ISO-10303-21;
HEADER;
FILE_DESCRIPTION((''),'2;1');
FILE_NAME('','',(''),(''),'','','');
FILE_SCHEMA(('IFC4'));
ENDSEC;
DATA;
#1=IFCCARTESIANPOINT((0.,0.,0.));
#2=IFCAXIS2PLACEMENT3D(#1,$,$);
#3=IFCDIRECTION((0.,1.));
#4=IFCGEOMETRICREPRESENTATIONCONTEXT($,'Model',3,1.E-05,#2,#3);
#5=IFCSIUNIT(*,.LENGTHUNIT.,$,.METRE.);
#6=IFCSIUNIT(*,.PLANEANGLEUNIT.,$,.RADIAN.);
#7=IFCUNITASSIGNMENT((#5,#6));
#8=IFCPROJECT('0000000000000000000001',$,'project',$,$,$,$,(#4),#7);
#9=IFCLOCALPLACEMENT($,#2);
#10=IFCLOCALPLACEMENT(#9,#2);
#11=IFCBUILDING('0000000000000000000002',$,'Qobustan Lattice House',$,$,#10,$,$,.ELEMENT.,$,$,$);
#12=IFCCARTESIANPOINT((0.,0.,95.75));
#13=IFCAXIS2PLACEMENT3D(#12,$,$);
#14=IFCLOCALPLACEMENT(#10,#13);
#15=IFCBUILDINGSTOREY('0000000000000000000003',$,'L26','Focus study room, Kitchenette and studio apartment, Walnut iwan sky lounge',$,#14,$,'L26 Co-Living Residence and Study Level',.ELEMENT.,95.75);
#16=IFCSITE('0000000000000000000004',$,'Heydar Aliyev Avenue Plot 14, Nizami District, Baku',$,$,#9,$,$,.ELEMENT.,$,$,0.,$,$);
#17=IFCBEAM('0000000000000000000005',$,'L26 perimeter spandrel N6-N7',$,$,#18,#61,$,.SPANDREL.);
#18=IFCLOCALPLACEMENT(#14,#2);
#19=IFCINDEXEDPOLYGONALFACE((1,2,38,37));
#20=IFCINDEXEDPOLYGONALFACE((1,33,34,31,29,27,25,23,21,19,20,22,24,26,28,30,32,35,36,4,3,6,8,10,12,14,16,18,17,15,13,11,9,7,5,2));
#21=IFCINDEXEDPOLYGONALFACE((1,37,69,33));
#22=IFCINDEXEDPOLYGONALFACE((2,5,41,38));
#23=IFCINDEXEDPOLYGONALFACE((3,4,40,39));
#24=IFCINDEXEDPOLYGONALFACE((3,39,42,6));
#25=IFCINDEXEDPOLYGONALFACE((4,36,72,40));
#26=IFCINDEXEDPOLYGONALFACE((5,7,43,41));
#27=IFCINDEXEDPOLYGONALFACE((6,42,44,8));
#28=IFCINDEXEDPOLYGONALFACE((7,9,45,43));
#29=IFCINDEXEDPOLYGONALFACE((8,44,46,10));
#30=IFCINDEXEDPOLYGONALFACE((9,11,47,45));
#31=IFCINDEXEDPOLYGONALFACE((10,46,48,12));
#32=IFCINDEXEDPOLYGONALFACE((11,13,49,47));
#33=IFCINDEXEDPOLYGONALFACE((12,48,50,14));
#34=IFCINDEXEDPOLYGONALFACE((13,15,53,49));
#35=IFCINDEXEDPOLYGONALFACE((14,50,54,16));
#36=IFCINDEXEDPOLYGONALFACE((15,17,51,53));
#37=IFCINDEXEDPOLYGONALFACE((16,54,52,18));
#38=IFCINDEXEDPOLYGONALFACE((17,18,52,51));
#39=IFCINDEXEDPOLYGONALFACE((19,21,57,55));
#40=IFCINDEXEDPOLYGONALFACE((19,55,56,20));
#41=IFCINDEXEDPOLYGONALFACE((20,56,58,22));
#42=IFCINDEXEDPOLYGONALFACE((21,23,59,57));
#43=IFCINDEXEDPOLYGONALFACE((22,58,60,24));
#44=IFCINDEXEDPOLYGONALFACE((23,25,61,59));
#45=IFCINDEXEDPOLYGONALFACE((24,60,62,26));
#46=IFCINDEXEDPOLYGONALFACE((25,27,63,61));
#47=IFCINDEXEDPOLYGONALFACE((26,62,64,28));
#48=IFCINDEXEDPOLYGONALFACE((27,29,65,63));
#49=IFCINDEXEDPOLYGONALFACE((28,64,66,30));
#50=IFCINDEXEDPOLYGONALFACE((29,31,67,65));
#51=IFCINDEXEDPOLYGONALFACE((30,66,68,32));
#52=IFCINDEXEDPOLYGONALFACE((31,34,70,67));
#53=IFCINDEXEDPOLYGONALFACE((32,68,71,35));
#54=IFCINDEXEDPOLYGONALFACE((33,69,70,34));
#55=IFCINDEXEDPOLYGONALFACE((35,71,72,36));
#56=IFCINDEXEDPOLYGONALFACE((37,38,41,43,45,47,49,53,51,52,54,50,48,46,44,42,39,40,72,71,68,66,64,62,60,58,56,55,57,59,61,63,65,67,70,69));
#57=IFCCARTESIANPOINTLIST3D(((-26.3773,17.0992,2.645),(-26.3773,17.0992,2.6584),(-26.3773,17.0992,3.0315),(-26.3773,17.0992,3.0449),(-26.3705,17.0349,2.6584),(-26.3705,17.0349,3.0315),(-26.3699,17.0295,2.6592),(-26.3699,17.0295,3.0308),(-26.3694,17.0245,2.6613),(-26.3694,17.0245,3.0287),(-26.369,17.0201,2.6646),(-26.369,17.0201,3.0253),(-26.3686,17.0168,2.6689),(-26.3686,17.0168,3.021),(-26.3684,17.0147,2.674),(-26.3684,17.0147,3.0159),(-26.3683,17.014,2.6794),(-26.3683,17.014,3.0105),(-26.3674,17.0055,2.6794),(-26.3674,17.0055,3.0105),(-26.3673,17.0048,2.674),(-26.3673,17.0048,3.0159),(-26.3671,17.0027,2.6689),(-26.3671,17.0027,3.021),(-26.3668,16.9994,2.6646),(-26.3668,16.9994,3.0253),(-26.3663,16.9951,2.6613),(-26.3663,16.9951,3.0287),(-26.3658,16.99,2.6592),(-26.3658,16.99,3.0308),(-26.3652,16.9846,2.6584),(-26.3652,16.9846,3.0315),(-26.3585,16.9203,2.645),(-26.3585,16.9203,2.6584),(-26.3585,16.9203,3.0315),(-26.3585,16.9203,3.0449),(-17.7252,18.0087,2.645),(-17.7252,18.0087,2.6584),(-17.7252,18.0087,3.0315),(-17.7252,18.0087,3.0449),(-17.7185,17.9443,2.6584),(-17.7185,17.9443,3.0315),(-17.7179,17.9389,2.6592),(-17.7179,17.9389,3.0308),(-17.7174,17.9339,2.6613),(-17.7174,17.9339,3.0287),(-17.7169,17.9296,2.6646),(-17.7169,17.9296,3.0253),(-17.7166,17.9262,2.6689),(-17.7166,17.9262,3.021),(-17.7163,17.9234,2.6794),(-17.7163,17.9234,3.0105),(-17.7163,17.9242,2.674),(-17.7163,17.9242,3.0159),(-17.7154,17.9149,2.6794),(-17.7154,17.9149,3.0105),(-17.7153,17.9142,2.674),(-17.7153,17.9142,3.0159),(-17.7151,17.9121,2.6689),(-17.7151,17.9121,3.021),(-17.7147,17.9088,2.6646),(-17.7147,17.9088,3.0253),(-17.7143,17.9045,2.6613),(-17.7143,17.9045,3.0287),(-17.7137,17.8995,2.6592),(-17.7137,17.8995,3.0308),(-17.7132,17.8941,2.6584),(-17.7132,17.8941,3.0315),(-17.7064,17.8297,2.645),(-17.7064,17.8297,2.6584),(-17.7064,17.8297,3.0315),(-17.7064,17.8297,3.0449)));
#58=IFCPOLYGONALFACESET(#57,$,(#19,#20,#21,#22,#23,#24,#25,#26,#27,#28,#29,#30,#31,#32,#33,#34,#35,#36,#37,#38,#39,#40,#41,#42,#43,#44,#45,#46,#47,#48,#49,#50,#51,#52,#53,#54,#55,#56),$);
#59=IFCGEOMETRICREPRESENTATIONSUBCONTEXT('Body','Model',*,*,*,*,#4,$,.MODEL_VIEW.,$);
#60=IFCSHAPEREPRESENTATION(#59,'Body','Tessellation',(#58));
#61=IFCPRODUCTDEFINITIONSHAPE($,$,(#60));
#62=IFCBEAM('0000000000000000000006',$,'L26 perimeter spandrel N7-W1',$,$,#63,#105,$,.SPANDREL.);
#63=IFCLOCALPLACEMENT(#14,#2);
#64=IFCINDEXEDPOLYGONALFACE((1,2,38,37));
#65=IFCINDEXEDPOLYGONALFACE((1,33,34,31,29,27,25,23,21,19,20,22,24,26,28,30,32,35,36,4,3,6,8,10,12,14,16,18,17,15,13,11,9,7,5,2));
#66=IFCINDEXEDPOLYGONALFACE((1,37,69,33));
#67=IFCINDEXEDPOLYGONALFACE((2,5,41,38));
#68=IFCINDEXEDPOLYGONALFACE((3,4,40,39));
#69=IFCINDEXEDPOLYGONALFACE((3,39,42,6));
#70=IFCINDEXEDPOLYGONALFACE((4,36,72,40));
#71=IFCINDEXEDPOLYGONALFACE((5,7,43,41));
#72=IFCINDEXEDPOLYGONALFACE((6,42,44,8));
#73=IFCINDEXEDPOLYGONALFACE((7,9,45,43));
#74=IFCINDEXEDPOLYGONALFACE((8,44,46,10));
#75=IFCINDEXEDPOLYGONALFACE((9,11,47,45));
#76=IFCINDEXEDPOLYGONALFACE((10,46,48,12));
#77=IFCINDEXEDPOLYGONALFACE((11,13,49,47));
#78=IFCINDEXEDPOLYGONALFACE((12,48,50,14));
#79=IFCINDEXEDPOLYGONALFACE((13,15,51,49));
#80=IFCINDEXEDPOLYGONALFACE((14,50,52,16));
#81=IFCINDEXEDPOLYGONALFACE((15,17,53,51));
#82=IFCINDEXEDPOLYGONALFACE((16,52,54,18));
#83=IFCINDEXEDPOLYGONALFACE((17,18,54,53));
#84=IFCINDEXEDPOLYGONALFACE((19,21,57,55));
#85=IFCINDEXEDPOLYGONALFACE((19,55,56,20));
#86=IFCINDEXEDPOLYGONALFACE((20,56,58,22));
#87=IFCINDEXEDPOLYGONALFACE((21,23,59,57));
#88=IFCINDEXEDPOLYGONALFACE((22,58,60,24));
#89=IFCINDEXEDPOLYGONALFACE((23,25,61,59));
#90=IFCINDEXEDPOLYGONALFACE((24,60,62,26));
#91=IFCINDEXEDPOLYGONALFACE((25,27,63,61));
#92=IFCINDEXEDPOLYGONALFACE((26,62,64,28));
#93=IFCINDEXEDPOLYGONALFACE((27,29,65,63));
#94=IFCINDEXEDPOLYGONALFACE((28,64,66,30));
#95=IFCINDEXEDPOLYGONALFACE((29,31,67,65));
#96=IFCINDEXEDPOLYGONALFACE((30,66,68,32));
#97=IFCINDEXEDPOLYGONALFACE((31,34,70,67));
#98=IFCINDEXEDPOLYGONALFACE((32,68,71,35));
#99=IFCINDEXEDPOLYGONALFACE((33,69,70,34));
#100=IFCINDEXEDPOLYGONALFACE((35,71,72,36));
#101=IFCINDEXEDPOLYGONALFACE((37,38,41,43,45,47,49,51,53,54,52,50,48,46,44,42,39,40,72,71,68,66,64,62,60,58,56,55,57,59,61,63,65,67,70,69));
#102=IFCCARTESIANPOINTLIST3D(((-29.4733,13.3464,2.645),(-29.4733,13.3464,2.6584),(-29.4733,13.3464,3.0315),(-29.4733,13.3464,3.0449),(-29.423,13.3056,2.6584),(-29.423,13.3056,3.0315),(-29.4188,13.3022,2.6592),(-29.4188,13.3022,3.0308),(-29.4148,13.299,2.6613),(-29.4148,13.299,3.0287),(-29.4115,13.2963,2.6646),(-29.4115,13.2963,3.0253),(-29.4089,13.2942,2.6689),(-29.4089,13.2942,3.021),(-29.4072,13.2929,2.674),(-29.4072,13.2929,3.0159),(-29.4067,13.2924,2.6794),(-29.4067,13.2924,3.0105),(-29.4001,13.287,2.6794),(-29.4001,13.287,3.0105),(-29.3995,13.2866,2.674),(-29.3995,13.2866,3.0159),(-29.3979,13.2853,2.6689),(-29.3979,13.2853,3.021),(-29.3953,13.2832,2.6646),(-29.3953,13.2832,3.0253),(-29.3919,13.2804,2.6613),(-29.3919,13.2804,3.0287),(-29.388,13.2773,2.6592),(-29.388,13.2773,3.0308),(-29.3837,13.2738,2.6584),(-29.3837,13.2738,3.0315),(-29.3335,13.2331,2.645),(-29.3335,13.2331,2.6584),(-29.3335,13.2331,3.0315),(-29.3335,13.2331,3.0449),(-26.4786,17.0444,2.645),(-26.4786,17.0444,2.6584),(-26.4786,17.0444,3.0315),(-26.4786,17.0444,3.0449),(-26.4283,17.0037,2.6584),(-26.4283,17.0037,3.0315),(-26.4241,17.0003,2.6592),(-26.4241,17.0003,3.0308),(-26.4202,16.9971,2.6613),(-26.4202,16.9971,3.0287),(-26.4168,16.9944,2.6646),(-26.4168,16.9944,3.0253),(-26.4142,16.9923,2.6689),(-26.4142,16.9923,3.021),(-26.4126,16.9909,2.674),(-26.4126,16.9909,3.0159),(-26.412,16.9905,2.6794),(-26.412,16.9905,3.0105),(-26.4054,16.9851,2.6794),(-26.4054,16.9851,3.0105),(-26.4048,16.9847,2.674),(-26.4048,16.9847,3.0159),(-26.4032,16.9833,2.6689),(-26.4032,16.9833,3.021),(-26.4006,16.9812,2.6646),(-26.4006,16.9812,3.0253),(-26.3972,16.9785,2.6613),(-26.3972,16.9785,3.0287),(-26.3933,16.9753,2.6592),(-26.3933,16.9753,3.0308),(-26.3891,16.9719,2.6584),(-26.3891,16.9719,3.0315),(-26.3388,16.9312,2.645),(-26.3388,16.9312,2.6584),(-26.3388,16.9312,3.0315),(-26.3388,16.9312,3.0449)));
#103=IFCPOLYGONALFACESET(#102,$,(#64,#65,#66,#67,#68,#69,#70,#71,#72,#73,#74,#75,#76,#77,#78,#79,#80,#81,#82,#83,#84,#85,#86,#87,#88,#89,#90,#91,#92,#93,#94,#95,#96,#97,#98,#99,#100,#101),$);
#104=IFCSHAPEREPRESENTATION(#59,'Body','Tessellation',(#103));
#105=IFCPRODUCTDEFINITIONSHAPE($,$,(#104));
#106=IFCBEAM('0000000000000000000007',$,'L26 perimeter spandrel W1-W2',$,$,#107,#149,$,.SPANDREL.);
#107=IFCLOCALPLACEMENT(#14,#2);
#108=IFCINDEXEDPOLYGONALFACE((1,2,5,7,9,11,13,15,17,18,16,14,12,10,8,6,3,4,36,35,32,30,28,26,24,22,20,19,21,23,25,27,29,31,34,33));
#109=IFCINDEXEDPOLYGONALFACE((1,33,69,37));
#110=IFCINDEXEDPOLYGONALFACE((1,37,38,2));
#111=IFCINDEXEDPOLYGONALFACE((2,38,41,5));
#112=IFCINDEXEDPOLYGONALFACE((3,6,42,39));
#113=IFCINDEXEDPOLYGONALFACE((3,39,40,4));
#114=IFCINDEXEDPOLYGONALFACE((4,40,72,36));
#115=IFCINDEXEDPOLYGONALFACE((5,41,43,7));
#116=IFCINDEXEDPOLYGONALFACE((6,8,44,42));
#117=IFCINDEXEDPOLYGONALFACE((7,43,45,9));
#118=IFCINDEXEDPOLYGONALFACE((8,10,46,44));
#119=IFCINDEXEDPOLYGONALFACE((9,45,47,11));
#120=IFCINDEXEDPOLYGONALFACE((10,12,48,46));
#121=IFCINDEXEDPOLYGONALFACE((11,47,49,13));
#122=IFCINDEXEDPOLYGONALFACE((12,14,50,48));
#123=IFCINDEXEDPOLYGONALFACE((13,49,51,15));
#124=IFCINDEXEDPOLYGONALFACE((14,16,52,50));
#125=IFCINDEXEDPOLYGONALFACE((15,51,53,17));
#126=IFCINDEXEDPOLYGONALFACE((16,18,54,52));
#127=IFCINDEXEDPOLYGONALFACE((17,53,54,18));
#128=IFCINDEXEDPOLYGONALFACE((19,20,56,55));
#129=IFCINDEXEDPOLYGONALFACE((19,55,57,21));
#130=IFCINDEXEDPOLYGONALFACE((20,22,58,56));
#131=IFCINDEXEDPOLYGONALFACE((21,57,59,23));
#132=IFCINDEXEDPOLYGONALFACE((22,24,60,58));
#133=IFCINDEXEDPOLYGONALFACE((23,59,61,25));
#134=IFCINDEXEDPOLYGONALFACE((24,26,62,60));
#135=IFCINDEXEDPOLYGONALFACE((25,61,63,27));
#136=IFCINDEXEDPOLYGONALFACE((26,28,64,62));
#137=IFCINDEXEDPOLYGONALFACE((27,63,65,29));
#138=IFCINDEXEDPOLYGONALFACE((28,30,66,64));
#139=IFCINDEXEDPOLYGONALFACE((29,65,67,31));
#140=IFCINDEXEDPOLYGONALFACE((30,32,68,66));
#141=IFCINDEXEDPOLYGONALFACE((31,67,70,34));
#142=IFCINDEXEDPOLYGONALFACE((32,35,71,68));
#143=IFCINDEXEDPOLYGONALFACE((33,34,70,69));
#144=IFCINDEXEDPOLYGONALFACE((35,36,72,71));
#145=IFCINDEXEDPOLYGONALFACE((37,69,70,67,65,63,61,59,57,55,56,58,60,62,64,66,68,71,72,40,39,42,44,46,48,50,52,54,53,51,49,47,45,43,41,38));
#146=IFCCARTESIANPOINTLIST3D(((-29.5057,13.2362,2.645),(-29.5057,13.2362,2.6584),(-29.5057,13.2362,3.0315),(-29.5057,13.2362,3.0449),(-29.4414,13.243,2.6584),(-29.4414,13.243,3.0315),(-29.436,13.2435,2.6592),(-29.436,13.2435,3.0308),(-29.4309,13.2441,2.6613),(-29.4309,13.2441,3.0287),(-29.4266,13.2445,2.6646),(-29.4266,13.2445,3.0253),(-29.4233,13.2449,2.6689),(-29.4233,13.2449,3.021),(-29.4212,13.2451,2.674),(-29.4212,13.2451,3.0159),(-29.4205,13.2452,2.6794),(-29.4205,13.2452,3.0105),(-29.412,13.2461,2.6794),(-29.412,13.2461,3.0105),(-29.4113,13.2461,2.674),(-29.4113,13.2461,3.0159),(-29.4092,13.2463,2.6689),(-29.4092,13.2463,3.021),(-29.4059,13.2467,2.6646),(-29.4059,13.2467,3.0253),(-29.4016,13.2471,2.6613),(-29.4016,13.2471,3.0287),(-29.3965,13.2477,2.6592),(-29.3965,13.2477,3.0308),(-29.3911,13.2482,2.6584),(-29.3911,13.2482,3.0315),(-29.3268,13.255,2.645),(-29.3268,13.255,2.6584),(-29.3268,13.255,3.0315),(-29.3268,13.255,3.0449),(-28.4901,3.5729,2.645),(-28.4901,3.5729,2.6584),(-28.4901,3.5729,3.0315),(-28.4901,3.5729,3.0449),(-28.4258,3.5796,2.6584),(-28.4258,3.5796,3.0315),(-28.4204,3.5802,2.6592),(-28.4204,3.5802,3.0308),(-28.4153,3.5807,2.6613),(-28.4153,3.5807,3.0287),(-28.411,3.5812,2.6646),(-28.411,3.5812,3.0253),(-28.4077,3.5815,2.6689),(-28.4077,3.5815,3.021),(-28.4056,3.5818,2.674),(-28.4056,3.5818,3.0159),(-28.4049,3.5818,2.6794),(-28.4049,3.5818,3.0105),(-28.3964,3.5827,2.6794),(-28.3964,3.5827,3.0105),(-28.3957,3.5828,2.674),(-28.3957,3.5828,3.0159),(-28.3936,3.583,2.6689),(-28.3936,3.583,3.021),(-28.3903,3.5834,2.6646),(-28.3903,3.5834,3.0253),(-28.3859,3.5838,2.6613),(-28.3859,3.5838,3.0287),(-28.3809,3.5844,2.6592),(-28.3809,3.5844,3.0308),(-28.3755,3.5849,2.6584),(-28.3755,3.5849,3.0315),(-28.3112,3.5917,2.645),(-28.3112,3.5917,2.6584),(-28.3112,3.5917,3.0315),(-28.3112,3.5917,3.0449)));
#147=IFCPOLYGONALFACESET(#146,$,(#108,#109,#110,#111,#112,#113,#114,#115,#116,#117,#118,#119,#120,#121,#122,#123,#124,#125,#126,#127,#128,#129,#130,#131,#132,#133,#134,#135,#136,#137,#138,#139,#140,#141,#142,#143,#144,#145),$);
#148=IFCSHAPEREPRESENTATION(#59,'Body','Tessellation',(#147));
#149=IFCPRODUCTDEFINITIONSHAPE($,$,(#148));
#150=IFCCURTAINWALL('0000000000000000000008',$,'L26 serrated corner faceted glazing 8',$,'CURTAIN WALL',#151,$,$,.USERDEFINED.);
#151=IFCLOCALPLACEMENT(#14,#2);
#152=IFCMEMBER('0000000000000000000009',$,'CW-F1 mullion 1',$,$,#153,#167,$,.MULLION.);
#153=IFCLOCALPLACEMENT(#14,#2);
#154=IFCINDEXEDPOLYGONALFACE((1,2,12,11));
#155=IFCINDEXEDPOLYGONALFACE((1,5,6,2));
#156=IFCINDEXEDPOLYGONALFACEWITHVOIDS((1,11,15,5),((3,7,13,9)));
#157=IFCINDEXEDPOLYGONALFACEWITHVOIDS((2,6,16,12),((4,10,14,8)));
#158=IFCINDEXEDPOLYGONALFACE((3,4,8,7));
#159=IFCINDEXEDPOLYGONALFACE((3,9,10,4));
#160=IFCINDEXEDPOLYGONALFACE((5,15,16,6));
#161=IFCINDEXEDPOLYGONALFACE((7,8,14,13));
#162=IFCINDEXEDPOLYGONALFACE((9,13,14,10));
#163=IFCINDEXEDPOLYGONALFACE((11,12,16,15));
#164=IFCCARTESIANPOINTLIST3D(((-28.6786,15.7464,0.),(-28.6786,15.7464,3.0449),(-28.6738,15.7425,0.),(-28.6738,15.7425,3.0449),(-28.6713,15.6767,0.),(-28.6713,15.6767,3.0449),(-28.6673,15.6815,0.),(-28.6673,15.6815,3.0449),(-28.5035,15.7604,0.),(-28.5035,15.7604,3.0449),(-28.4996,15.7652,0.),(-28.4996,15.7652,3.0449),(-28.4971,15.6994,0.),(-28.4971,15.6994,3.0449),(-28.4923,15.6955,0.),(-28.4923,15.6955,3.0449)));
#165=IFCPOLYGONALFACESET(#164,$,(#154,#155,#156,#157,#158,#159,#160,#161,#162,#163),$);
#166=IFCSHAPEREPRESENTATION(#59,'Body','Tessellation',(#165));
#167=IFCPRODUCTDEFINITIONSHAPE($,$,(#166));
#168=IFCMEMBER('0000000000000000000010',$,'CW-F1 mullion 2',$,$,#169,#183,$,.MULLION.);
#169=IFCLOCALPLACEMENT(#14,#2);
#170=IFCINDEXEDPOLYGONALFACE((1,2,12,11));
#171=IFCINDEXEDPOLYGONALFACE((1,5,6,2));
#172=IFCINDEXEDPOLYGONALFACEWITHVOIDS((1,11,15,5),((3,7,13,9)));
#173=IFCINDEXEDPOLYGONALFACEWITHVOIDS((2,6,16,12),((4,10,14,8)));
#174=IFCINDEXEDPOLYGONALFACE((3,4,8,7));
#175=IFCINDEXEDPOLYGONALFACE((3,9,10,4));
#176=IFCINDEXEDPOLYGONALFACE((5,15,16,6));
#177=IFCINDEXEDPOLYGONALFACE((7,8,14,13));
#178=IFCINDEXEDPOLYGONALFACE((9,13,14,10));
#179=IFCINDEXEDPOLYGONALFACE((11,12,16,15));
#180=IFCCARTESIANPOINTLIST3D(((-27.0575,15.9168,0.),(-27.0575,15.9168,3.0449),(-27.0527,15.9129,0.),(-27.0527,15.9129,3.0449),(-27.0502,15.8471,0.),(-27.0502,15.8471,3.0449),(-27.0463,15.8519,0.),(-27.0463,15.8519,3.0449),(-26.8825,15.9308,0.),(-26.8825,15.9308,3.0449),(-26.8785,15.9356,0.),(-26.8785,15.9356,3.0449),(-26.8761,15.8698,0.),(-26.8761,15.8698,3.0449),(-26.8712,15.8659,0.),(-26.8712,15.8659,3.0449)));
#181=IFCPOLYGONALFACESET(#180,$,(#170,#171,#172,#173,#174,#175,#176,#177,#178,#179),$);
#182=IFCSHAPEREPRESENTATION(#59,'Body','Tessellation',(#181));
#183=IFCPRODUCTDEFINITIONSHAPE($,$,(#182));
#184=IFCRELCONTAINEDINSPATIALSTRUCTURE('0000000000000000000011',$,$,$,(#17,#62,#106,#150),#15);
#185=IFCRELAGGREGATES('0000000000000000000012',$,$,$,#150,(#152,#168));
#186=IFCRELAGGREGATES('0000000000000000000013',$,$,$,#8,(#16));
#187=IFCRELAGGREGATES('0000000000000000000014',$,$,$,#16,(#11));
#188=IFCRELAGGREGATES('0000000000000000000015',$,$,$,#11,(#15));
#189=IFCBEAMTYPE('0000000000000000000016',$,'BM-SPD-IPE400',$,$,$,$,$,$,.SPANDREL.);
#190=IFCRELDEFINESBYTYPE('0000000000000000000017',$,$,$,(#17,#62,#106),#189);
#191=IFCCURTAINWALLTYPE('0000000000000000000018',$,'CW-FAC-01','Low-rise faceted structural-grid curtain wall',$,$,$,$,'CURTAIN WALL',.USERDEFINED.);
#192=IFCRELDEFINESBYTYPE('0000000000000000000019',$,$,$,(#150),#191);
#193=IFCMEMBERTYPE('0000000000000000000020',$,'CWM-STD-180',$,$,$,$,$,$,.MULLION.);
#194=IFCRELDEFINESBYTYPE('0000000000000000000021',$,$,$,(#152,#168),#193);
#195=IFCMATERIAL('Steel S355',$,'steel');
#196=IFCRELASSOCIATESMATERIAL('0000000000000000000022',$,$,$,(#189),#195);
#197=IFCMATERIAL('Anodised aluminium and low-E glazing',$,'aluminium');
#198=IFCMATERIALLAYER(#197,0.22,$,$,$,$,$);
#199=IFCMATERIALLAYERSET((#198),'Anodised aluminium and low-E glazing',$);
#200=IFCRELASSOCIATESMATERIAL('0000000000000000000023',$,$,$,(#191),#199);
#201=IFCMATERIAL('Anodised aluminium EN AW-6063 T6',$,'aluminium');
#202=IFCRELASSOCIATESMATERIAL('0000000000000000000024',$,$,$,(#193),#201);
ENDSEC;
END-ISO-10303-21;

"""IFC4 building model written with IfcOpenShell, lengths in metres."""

from ifc_helpers import new_model, si_unit, direction, frame, origin, origin_2d, place, context, subcontext, project, spatial, hollow_rectangle, i_section, extrude, material, layer, layer_set, material_profile, profile_set, type_object, element, aggregate, save


model = new_model("IFC4")

# Units and contexts
model_context = context("Model", 3, precision=1e-05, world=origin(), true_north=direction((0.0, 1.0)))
body_context = subcontext(model_context, "Body", "Model", "MODEL_VIEW")
ifc_project = project(units=[si_unit("LENGTHUNIT", "METRE"), si_unit("PLANEANGLEUNIT", "RADIAN")], contexts=[model_context])

# Site, building, storey
site_placement = place(None, origin())
site = spatial("IfcSite", under=ifc_project, at=site_placement, Name="Heydar Aliyev Avenue Plot 14, Nizami District, Baku", CompositionType="ELEMENT", RefElevation=0.0)
building_placement = place(site_placement, origin())
building = spatial("IfcBuilding", under=site, at=building_placement, Name="Qobustan Lattice House", CompositionType="ELEMENT")
storey_placement = place(building_placement, frame((0.0, 0.0, 95.75)))
storey = spatial("IfcBuildingStorey", under=building, at=storey_placement, Name="L26", Description="Focus study room, Kitchenette and studio apartment, Walnut iwan sky lounge", LongName="L26 Co-Living Residence and Study Level", CompositionType="ELEMENT", Elevation=95.75)

# Beams
ifc_material_1 = material(Name="Steel S355", Category="steel")
ifc_material_profile_1 = material_profile(ifc_material_1, i_section(OverallWidth=0.1799, OverallDepth=0.3999, WebThickness=0.0085, FlangeThickness=0.0134, FilletRadius=0.021, at=origin_2d()), Name="IPE400")
ifc_profile_set_1 = profile_set([ifc_material_profile_1], Name="Steel S355")
beam_type_1 = type_object("IfcBeamType", Name="BM-SPD-IPE400", PredefinedType="SPANDREL", material=ifc_profile_set_1)
beam_1_placement = place(storey_placement, frame((-17.7158, 17.9192, 2.845), z_axis=(-0.994521, -0.104534, 0.0), x_axis=(0.104534, -0.994521, 0.0)))
element("IfcBeam", 1, at=beam_1_placement, inside=storey, type_object=beam_type_1, Name="L26 perimeter spandrel N6-N7", PredefinedType="SPANDREL", context=body_context, shape_type="SweptSolid", body=[
    extrude(i_section(OverallWidth=0.1799, OverallDepth=0.3999, WebThickness=0.0085, FlangeThickness=0.0134, FilletRadius=0.021, at=origin_2d()), origin(), (0.0, 0.0, 1.0), 8.6997),
])
beam_2_placement = place(storey_placement, frame((-26.4087, 16.9878, 2.845), z_axis=(-0.629327, -0.777141, 0.0), x_axis=(0.777141, -0.629327, 0.0)))
element("IfcBeam", 2, at=beam_2_placement, inside=storey, type_object=beam_type_1, Name="L26 perimeter spandrel N7-W1", PredefinedType="SPANDREL", context=body_context, shape_type="SweptSolid", body=[
    extrude(i_section(OverallWidth=0.1799, OverallDepth=0.3999, WebThickness=0.0085, FlangeThickness=0.0134, FilletRadius=0.021, at=origin_2d()), origin(), (0.0, 0.0, 1.0), 4.7585),
])
beam_3_placement = place(storey_placement, frame((-29.4163, 13.2456, 2.845), z_axis=(0.104525, -0.994522, 0.0), x_axis=(0.994522, 0.104525, 0.0)))
element("IfcBeam", 3, at=beam_3_placement, inside=storey, type_object=beam_type_1, Name="L26 perimeter spandrel W1-W2", PredefinedType="SPANDREL", context=body_context, shape_type="SweptSolid", body=[
    extrude(i_section(OverallWidth=0.1799, OverallDepth=0.3999, WebThickness=0.0085, FlangeThickness=0.0134, FilletRadius=0.021, at=origin_2d()), origin(), (0.0, 0.0, 1.0), 9.7166),
])

# Curtain wall, members
ifc_material_2 = material(Name="Anodised aluminium and low-E glazing", Category="aluminium")
ifc_layer_1 = layer(ifc_material_2, 0.22)
ifc_layer_set_1 = layer_set([ifc_layer_1], Name="Anodised aluminium and low-E glazing")
curtain_wall_type = type_object("IfcCurtainWallType", Name="CW-FAC-01", Description="Low-rise faceted structural-grid curtain wall", ElementType="CURTAIN WALL", PredefinedType="USERDEFINED", material=ifc_layer_set_1)
curtain_wall_placement = place(storey_placement, origin())
curtain_wall = element("IfcCurtainWall", 4, at=curtain_wall_placement, inside=storey, type_object=curtain_wall_type, Name="L26 serrated corner faceted glazing 8", ObjectType="CURTAIN WALL", PredefinedType="USERDEFINED")
ifc_material_3 = material(Name="Anodised aluminium EN AW-6063 T6", Category="aluminium")
ifc_material_profile_2 = material_profile(ifc_material_3, hollow_rectangle(XDim=0.0701, YDim=0.1799, WallThickness=0.0044, at=origin_2d()), Name="CWM-180x70")
ifc_profile_set_2 = profile_set([ifc_material_profile_2], Name="Anodised aluminium EN AW-6063 T6")
member_type_1 = type_object("IfcMemberType", Name="CWM-STD-180", PredefinedType="MULLION", material=ifc_profile_set_2)
member_1_placement = place(storey_placement, frame((-28.5854, 15.7209, 0.0), z_axis=(0.0, 0.0, 1.0), x_axis=(-0.104529, 0.994522, 0.0)))
member_1 = element("IfcMember", 5, at=member_1_placement, type_object=member_type_1, Name="CW-F1 mullion 1", PredefinedType="MULLION", context=body_context, shape_type="SweptSolid", body=[
    extrude(hollow_rectangle(XDim=0.0701, YDim=0.1799, WallThickness=0.0044, at=origin_2d()), origin(), (0.0, 0.0, 1.0), 3.0449),
])
member_2_placement = place(storey_placement, frame((-26.9644, 15.8914, 0.0), z_axis=(0.0, 0.0, 1.0), x_axis=(-0.104529, 0.994522, 0.0)))
member_2 = element("IfcMember", 6, at=member_2_placement, type_object=member_type_1, Name="CW-F1 mullion 2", PredefinedType="MULLION", context=body_context, shape_type="SweptSolid", body=[
    extrude(hollow_rectangle(XDim=0.0701, YDim=0.1799, WallThickness=0.0044, at=origin_2d()), origin(), (0.0, 0.0, 1.0), 3.0449),
])
aggregate(curtain_wall, [member_1, member_2])

save(model, "model.ifc")
